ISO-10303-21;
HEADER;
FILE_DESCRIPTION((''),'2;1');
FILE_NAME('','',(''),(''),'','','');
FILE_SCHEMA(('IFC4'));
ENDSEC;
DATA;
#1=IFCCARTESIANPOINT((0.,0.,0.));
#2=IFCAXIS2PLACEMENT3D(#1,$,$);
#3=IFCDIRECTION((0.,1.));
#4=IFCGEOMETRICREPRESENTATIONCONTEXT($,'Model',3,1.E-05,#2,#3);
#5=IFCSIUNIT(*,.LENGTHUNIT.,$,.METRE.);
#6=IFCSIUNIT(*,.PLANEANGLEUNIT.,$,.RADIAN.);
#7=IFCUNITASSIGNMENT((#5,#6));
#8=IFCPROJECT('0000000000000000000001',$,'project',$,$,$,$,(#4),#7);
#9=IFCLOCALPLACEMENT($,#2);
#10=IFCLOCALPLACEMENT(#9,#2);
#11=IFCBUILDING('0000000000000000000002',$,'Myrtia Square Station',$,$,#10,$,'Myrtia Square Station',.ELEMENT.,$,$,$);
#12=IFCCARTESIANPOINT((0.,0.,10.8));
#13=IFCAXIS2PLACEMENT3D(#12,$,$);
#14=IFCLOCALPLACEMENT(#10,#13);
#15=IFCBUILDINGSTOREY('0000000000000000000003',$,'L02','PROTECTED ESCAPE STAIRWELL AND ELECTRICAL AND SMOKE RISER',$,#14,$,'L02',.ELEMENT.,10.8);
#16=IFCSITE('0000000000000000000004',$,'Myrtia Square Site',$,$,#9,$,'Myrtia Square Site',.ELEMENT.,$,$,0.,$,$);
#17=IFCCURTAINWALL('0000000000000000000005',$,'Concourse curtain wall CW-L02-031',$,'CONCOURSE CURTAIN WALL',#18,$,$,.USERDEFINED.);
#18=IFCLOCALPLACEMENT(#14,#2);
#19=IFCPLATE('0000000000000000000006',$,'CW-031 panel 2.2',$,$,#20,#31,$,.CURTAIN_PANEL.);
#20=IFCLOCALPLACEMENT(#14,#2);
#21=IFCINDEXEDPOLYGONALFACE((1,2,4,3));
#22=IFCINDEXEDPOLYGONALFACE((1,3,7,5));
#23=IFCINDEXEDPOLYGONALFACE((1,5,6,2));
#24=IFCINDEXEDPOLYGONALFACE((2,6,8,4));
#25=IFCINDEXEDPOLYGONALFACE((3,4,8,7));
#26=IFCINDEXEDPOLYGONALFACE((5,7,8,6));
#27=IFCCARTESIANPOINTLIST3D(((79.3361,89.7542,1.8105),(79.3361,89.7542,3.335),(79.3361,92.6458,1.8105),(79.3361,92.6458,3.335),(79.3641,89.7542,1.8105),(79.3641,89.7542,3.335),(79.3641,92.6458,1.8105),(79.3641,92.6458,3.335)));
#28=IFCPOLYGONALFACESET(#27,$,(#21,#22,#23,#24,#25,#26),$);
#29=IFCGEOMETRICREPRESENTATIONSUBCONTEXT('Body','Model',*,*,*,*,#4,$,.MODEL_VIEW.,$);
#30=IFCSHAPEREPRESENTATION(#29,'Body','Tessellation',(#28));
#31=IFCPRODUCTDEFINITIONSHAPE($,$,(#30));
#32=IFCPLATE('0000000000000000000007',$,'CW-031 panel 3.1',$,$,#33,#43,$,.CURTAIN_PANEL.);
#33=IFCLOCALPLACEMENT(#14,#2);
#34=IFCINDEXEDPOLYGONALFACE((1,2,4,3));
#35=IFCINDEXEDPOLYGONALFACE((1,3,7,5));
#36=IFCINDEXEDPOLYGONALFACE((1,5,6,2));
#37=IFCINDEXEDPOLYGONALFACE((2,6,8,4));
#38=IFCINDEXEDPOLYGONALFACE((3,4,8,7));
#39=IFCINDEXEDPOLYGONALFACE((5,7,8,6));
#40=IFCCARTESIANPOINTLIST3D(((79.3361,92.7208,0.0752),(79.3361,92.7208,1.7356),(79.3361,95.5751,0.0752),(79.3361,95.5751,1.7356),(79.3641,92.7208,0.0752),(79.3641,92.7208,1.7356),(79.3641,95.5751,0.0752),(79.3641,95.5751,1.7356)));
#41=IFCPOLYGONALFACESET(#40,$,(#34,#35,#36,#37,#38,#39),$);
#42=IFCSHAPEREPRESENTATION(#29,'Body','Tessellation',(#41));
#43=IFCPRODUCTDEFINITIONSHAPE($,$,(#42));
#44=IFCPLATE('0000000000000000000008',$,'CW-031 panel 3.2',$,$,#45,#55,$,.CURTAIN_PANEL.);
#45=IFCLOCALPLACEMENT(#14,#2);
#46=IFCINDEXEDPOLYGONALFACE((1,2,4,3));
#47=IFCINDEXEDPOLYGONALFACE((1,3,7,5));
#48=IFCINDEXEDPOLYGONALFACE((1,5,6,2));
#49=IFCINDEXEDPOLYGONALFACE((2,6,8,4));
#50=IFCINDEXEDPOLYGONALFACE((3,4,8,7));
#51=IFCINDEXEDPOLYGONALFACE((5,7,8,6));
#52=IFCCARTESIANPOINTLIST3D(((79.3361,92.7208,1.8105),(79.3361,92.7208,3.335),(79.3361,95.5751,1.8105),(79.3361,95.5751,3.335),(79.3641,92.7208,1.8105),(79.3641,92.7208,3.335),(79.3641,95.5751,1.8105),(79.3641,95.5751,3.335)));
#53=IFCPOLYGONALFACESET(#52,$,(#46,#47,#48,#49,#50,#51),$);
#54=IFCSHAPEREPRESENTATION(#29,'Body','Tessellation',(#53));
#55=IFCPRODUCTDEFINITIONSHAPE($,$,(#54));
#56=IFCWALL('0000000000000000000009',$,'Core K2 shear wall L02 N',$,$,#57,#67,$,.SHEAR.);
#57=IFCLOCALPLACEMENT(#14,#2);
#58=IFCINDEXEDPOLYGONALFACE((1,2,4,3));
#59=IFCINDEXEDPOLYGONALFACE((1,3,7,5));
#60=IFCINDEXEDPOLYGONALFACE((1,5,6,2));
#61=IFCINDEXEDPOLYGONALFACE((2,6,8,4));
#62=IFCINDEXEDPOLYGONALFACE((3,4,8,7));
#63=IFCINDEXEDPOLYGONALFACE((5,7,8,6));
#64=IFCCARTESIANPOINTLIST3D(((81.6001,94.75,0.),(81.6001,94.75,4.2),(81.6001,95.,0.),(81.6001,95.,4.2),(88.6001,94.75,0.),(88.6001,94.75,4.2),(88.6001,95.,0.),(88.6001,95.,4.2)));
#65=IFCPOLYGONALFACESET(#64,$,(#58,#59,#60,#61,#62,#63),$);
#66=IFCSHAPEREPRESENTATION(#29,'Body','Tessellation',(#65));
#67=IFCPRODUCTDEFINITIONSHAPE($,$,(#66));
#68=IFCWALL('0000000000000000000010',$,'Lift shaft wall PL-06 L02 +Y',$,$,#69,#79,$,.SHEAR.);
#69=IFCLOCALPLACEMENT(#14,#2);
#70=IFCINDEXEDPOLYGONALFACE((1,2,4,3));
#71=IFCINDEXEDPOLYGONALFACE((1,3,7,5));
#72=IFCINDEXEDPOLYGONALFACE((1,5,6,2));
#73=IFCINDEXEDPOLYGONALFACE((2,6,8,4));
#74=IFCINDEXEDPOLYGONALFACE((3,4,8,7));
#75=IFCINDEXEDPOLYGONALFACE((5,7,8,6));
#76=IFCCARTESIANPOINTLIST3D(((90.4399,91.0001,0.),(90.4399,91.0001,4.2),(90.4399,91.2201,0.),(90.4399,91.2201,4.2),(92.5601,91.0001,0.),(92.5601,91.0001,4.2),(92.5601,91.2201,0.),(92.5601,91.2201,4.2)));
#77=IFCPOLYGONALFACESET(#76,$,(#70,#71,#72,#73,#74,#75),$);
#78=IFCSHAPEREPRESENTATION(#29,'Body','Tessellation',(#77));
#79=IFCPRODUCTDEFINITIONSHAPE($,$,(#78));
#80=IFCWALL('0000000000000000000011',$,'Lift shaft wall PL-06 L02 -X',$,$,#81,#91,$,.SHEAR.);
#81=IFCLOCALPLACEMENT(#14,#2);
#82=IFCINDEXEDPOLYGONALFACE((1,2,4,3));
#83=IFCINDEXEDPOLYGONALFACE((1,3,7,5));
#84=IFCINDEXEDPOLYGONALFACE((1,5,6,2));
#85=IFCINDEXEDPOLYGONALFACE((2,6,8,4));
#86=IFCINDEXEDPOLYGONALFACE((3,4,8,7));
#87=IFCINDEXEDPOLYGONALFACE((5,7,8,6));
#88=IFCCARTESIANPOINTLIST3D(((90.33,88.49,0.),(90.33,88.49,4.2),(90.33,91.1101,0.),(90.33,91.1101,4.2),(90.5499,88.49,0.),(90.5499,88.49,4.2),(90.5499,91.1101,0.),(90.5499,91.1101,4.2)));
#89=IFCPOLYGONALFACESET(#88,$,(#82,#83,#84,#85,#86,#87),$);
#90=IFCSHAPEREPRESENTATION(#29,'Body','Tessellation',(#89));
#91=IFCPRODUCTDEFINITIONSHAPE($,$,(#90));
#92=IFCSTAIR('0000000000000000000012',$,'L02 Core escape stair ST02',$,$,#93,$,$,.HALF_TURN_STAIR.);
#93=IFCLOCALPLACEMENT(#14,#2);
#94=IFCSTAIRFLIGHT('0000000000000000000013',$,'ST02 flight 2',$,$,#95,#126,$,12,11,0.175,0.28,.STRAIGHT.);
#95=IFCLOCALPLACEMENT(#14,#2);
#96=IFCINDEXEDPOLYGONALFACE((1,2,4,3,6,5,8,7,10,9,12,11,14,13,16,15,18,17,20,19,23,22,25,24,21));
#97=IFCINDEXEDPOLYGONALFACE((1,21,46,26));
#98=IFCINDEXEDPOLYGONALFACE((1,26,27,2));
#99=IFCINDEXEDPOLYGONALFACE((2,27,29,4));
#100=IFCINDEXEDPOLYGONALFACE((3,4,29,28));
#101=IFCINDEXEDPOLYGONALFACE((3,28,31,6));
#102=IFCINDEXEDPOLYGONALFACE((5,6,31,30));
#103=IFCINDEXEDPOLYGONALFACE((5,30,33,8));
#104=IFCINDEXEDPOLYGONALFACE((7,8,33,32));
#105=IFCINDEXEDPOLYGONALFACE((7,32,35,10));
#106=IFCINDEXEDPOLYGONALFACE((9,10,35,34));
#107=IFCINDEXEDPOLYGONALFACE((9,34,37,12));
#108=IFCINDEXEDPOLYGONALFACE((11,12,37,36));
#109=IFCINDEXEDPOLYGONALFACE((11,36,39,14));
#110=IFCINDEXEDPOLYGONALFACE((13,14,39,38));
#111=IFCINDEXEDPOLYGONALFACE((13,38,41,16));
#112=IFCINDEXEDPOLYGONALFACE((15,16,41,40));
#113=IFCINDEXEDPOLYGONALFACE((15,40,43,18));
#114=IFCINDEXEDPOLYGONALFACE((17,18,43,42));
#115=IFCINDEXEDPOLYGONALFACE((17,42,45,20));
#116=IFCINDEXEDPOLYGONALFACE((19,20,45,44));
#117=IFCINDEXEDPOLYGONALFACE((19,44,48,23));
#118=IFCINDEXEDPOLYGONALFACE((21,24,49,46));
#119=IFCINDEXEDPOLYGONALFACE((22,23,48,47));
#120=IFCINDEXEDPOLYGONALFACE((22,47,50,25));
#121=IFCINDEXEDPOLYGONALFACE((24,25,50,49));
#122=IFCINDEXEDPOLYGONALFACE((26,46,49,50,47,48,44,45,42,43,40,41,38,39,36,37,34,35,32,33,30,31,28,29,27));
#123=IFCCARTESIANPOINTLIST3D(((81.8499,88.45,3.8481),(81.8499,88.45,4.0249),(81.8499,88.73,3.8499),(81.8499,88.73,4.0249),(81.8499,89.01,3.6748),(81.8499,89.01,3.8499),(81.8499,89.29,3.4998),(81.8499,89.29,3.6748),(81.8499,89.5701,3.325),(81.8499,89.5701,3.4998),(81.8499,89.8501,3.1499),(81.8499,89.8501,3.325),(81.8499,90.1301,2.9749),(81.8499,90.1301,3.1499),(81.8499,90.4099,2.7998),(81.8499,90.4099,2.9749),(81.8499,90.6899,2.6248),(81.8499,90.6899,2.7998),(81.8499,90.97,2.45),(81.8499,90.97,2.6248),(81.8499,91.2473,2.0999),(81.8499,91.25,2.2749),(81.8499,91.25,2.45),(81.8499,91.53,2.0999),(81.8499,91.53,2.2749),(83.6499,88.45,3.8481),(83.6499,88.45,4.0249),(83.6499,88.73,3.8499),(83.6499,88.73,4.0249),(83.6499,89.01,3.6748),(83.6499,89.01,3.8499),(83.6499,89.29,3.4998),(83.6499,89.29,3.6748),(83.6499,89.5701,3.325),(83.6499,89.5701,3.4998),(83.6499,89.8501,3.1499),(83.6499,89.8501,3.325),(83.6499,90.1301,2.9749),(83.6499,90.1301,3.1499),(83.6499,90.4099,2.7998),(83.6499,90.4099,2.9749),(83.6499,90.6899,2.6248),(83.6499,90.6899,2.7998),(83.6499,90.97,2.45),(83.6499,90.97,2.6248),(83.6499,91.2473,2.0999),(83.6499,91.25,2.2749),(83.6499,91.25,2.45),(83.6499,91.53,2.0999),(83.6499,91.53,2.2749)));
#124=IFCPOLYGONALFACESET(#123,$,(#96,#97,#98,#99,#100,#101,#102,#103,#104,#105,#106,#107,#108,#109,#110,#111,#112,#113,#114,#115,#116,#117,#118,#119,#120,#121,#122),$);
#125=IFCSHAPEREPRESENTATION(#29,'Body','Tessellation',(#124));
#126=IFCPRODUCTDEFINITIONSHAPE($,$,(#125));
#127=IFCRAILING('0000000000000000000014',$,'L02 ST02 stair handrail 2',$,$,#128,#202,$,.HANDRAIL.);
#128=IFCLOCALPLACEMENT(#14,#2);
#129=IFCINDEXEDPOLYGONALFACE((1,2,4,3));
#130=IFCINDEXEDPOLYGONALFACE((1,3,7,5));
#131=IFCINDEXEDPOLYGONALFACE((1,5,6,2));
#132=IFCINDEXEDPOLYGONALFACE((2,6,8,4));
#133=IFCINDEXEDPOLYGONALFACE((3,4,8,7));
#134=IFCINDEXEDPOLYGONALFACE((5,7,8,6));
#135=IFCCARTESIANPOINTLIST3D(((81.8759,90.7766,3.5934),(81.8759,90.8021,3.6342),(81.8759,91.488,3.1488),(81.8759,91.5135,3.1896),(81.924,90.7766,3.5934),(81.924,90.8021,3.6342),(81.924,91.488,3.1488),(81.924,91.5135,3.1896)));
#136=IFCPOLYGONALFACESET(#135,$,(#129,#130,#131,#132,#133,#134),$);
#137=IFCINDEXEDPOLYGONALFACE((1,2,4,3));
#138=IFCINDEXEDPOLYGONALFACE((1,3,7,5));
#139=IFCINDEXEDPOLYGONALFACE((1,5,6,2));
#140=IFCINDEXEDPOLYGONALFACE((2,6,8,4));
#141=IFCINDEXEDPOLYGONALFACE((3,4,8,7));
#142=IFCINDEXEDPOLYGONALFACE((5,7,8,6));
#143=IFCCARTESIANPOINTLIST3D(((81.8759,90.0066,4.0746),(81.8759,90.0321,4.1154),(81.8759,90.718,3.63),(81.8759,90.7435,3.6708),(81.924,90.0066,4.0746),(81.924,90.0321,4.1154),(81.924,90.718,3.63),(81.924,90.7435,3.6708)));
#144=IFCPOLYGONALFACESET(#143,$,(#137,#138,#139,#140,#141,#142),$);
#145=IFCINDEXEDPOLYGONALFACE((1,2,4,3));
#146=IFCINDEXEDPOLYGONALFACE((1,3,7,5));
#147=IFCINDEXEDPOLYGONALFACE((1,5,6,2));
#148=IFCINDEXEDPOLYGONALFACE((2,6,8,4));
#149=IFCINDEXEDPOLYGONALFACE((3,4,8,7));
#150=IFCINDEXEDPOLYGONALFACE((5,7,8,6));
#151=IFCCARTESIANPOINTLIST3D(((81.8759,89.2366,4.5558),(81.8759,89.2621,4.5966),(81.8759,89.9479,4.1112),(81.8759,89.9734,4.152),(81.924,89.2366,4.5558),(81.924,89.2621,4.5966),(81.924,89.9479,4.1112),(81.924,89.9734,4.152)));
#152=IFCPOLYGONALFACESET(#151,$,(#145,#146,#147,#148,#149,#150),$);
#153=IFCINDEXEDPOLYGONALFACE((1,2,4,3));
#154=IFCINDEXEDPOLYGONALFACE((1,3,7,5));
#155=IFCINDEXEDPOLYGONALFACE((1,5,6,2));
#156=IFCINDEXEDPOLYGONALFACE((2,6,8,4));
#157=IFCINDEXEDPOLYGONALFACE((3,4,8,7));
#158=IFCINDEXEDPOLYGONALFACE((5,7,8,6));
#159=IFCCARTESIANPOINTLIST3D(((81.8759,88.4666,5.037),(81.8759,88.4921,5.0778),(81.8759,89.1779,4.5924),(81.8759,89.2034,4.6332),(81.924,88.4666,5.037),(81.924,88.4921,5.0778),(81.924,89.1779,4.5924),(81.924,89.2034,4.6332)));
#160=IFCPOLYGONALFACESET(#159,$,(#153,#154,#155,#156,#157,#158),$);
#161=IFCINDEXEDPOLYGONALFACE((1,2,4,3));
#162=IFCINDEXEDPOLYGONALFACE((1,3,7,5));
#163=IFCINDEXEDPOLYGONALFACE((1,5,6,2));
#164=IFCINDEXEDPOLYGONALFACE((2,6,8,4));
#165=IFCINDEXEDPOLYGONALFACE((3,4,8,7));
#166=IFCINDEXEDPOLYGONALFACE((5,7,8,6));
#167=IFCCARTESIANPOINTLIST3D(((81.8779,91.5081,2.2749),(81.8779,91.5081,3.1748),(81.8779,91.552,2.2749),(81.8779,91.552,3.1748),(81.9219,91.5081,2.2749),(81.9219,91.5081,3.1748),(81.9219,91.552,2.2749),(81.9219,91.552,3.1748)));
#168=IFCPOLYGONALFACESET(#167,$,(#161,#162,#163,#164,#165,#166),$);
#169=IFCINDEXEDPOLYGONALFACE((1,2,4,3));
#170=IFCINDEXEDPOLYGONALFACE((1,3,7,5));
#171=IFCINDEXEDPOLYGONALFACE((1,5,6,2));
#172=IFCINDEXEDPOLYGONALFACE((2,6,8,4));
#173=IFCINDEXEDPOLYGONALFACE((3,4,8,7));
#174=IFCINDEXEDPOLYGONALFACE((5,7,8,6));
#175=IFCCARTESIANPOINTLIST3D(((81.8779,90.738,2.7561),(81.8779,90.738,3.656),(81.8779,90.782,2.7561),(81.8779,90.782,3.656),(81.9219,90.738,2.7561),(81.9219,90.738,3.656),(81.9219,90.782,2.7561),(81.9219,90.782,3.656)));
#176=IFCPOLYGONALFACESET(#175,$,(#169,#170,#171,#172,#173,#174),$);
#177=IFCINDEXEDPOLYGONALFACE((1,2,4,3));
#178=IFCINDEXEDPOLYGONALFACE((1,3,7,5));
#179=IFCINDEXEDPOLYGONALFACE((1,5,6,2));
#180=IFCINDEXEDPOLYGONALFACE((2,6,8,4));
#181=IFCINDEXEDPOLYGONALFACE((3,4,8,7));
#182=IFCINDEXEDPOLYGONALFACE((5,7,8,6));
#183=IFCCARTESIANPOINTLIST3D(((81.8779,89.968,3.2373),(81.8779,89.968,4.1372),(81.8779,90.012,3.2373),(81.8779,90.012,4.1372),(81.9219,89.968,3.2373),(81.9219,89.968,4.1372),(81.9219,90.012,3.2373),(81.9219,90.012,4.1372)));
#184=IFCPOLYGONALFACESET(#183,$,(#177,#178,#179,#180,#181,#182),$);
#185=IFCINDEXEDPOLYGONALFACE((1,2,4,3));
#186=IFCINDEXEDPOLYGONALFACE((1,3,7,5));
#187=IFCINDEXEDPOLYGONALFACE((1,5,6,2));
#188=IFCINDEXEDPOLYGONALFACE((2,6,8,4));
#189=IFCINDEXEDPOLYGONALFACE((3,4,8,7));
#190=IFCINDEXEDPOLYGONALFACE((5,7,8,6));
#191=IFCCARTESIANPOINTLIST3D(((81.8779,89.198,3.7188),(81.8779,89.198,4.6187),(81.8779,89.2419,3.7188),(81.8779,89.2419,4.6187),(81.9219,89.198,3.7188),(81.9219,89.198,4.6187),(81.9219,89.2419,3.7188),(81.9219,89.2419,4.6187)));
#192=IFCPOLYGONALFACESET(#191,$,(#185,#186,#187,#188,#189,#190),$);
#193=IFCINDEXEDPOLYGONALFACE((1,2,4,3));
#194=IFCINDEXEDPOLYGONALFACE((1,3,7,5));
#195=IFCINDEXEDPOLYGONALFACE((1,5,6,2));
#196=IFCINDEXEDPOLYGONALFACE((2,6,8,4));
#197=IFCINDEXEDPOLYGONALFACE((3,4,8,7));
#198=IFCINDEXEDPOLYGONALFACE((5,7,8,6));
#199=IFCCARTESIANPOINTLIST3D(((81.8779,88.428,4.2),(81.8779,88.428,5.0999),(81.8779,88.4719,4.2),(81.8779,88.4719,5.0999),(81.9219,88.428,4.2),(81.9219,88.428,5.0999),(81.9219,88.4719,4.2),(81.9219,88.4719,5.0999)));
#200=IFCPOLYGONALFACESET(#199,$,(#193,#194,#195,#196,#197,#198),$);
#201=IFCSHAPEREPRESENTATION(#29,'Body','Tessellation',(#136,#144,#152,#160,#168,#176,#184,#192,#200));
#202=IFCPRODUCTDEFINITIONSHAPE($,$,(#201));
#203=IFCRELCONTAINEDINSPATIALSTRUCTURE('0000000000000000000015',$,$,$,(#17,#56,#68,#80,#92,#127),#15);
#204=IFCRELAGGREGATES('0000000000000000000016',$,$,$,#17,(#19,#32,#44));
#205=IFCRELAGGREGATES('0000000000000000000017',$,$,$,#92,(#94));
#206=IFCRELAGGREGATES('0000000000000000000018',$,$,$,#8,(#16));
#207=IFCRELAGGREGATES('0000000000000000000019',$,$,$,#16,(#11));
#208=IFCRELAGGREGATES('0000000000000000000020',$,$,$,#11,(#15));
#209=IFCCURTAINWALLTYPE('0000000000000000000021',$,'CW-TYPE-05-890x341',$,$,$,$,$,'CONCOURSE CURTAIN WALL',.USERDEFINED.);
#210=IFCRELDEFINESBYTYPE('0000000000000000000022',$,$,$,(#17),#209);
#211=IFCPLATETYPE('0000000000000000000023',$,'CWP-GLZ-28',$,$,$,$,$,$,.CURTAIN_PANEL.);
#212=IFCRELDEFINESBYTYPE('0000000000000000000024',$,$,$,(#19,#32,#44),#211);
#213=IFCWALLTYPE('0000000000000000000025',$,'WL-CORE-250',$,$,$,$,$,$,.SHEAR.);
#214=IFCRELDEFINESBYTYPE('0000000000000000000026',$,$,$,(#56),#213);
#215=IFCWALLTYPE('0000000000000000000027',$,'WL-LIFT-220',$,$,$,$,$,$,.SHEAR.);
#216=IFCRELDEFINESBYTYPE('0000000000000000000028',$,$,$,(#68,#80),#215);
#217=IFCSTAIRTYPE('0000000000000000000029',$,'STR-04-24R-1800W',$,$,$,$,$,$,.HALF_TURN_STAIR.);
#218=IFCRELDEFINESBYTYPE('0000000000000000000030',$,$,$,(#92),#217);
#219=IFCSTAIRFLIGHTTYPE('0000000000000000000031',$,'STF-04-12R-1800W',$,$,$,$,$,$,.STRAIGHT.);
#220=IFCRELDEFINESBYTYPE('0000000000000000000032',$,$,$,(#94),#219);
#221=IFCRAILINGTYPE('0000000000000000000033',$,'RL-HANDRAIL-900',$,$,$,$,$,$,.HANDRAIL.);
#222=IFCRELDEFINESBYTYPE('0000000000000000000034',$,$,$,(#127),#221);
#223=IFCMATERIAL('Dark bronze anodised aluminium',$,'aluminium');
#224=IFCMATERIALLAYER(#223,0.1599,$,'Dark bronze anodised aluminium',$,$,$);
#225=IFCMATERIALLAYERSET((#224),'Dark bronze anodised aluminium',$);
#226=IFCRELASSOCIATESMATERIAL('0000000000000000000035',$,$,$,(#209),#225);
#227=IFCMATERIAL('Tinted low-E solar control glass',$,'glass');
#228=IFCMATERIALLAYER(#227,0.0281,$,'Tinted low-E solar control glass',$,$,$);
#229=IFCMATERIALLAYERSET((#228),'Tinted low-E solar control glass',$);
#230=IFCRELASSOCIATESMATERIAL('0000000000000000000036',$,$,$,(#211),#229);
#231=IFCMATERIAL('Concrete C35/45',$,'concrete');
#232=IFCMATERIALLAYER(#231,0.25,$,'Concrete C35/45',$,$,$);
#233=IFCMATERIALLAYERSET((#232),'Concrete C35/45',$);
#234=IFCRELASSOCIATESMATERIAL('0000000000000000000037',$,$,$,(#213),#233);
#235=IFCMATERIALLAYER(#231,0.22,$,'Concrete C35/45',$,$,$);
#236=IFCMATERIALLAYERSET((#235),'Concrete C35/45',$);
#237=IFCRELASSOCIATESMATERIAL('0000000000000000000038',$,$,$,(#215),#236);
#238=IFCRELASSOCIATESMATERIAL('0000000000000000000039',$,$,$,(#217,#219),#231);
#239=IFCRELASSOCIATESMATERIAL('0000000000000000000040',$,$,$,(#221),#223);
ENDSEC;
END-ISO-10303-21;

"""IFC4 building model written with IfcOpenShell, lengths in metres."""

from ifc_helpers import new_model, si_unit, direction, frame, frame_2d, origin, origin_2d, place, context, subcontext, project, spatial, polyline, rectangle, outline, extrude, material, layer, layer_set, type_object, element, aggregate, save


model = new_model("IFC4")

# Units and contexts
model_context = context("Model", 3, precision=1e-05, world=origin(), true_north=direction((0.0, 1.0)))
body_context = subcontext(model_context, "Body", "Model", "MODEL_VIEW")
ifc_project = project(units=[si_unit("LENGTHUNIT", "METRE"), si_unit("PLANEANGLEUNIT", "RADIAN")], contexts=[model_context])

# Site, building, storey
site_placement = place(None, origin())
site = spatial("IfcSite", under=ifc_project, at=site_placement, Name="Myrtia Square Site", LongName="Myrtia Square Site", CompositionType="ELEMENT", RefElevation=0.0)
building_placement = place(site_placement, origin())
building = spatial("IfcBuilding", under=site, at=building_placement, Name="Myrtia Square Station", LongName="Myrtia Square Station", CompositionType="ELEMENT")
storey_placement = place(building_placement, frame((0.0, 0.0, 10.8)))
storey = spatial("IfcBuildingStorey", under=building, at=storey_placement, Name="L02", Description="PROTECTED ESCAPE STAIRWELL AND ELECTRICAL AND SMOKE RISER", LongName="L02", CompositionType="ELEMENT", Elevation=10.8)

# Shared definitions
ifc_material_1 = material(Name="Dark bronze anodised aluminium", Category="aluminium")

# Curtain wall
ifc_layer_1 = layer(ifc_material_1, 0.1599, Name="Dark bronze anodised aluminium")
ifc_layer_set_1 = layer_set([ifc_layer_1], Name="Dark bronze anodised aluminium")
curtain_wall_type_1 = type_object("IfcCurtainWallType", Name="CW-TYPE-05-890x341", ElementType="CONCOURSE CURTAIN WALL", PredefinedType="USERDEFINED", material=ifc_layer_set_1)
curtain_wall_1_placement = place(storey_placement, origin())
curtain_wall_1 = element("IfcCurtainWall", 1, at=curtain_wall_1_placement, inside=storey, type_object=curtain_wall_type_1, Name="Concourse curtain wall CW-L02-031", ObjectType="CONCOURSE CURTAIN WALL", PredefinedType="USERDEFINED")

# Plates
ifc_material_2 = material(Name="Tinted low-E solar control glass", Category="glass")
ifc_layer_2 = layer(ifc_material_2, 0.0281, Name="Tinted low-E solar control glass")
ifc_layer_set_2 = layer_set([ifc_layer_2], Name="Tinted low-E solar control glass")
plate_type = type_object("IfcPlateType", Name="CWP-GLZ-28", PredefinedType="CURTAIN_PANEL", material=ifc_layer_set_2)
plate_1_placement = place(storey_placement, frame((79.3501, 91.2, 1.8105), z_axis=(0.0, 0.0, 1.0), x_axis=(0.0, 1.0, 0.0)))
plate_1 = element("IfcPlate", 2, at=plate_1_placement, type_object=plate_type, Name="CW-031 panel 2.2", PredefinedType="CURTAIN_PANEL", context=body_context, shape_type="SweptSolid", body=[
    extrude(rectangle(XDim=2.8916, YDim=0.0281, at=origin_2d()), origin(), (0.0, 0.0, 1.0), 1.5244),
])
plate_2_placement = place(storey_placement, frame((79.3501, 94.1479, 0.0752), z_axis=(0.0, 0.0, 1.0), x_axis=(0.0, 1.0, 0.0)))
plate_2 = element("IfcPlate", 3, at=plate_2_placement, type_object=plate_type, Name="CW-031 panel 3.1", PredefinedType="CURTAIN_PANEL", context=body_context, shape_type="SweptSolid", body=[
    extrude(rectangle(XDim=2.8542, YDim=0.0281, at=origin_2d()), origin(), (0.0, 0.0, 1.0), 1.6604),
])
plate_3_placement = place(storey_placement, frame((79.3501, 94.1479, 1.8105), z_axis=(0.0, 0.0, 1.0), x_axis=(0.0, 1.0, 0.0)))
plate_3 = element("IfcPlate", 4, at=plate_3_placement, type_object=plate_type, Name="CW-031 panel 3.2", PredefinedType="CURTAIN_PANEL", context=body_context, shape_type="SweptSolid", body=[
    extrude(rectangle(XDim=2.8542, YDim=0.0281, at=origin_2d()), origin(), (0.0, 0.0, 1.0), 1.5244),
])
aggregate(curtain_wall_1, [plate_1, plate_2, plate_3])

# Wall
ifc_material_3 = material(Name="Concrete C35/45", Category="concrete")
ifc_layer_3 = layer(ifc_material_3, 0.25, Name="Concrete C35/45")
ifc_layer_set_3 = layer_set([ifc_layer_3], Name="Concrete C35/45")
wall_type_1 = type_object("IfcWallType", Name="WL-CORE-250", PredefinedType="SHEAR", material=ifc_layer_set_3)
wall_1_placement = place(storey_placement, frame((81.6001, 94.875, 0.0), z_axis=(0.0, 0.0, 1.0), x_axis=(1.0, 0.0, 0.0)))
element("IfcWall", 5, at=wall_1_placement, inside=storey, type_object=wall_type_1, Name="Core K2 shear wall L02 N", PredefinedType="SHEAR", context=body_context, shape_type="SweptSolid", body=[
    extrude(rectangle(XDim=7.0, YDim=0.25, at=frame_2d((3.5, 0.0))), origin(), (0.0, 0.0, 1.0), 4.2),
])

# Shared definitions
ifc_layer_4 = layer(ifc_material_3, 0.22, Name="Concrete C35/45")
ifc_layer_set_4 = layer_set([ifc_layer_4], Name="Concrete C35/45")
wall_type_2 = type_object("IfcWallType", Name="WL-LIFT-220", PredefinedType="SHEAR", material=ifc_layer_set_4)

# Walls
wall_2_placement = place(storey_placement, frame((90.4399, 91.1101, 0.0), z_axis=(0.0, 0.0, 1.0), x_axis=(1.0, 0.0, 0.0)))
element("IfcWall", 6, at=wall_2_placement, inside=storey, type_object=wall_type_2, Name="Lift shaft wall PL-06 L02 +Y", PredefinedType="SHEAR", context=body_context, shape_type="SweptSolid", body=[
    extrude(rectangle(XDim=2.1201, YDim=0.22, at=frame_2d((1.0601, 0.0))), origin(), (0.0, 0.0, 1.0), 4.2),
])
wall_3_placement = place(storey_placement, frame((90.4399, 88.49, 0.0), z_axis=(0.0, 0.0, 1.0), x_axis=(0.0, 1.0, 0.0)))
element("IfcWall", 7, at=wall_3_placement, inside=storey, type_object=wall_type_2, Name="Lift shaft wall PL-06 L02 -X", PredefinedType="SHEAR", context=body_context, shape_type="SweptSolid", body=[
    extrude(rectangle(XDim=2.6201, YDim=0.22, at=frame_2d((1.3101, 0.0))), origin(), (0.0, 0.0, 1.0), 4.2),
])

# Stair, stair flight
stair_type = type_object("IfcStairType", Name="STR-04-24R-1800W", PredefinedType="HALF_TURN_STAIR", material=ifc_material_3)
stair_placement = place(storey_placement, origin())
stair = element("IfcStair", 8, at=stair_placement, inside=storey, type_object=stair_type, Name="L02 Core escape stair ST02", PredefinedType="HALF_TURN_STAIR")
stair_flight_type = type_object("IfcStairFlightType", Name="STF-04-12R-1800W", PredefinedType="STRAIGHT", material=ifc_material_3)
stair_flight_placement = place(storey_placement, frame((82.75, 91.53, 2.0999), z_axis=(0.0, 0.0, 1.0), x_axis=(0.0, -1.0, 0.0)))
stair_flight = element("IfcStairFlight", 9, at=stair_flight_placement, type_object=stair_flight_type, Name="ST02 flight 2", NumberOfRisers=12, NumberOfTreads=11, PredefinedType="STRAIGHT", RiserHeight=0.175, TreadLength=0.28, context=body_context, shape_type="SweptSolid", body=[
    extrude(outline(polyline([(0.0, 0.0), (0.0, 0.175), (0.28, 0.175), (0.28, 0.3501), (0.5601, 0.3501), (0.5601, 0.5249), (0.8401, 0.5249), (0.8401, 0.7), (1.1201, 0.7), (1.1201, 0.875), (1.3999, 0.875), (1.3999, 1.05), (1.6799, 1.05), (1.6799, 1.2251), (1.96, 1.2251), (1.96, 1.3999), (2.24, 1.3999), (2.24, 1.575), (2.52, 1.575), (2.52, 1.75), (2.8, 1.75), (2.8, 1.925), (3.0801, 1.925), (3.0801, 2.1001), (3.0801, 1.7483), (0.2827, 0.0), (0.0, 0.0)])), frame((0.0, 0.8999, 0.0), z_axis=(0.0, -1.0, 0.0), x_axis=(1.0, 0.0, 0.0)), (0.0, 0.0, 1.0), 1.8),
])
aggregate(stair, [stair_flight])

# Railing
railing_type_1 = type_object("IfcRailingType", Name="RL-HANDRAIL-900", PredefinedType="HANDRAIL", material=ifc_material_1)
railing_1_placement = place(storey_placement, frame((81.8999, 91.53, 2.2749)))
element("IfcRailing", 10, at=railing_1_placement, inside=storey, type_object=railing_type_1, Name="L02 ST02 stair handrail 2", PredefinedType="HANDRAIL", context=body_context, shape_type="SweptSolid", body=[
    extrude(rectangle(XDim=0.0481, YDim=0.0481, at=origin_2d()), frame((0.0, -0.0293, 0.8943), z_axis=(0.0, -0.847998, 0.529999), x_axis=(1.0, 0.0, 0.0)), (0.0, 0.0, 1.0), 0.8389),
    extrude(rectangle(XDim=0.0481, YDim=0.0481, at=origin_2d()), frame((0.0, -0.7993, 1.3755), z_axis=(0.0, -0.847998, 0.529999), x_axis=(1.0, 0.0, 0.0)), (0.0, 0.0, 1.0), 0.8389),
    extrude(rectangle(XDim=0.0481, YDim=0.0481, at=origin_2d()), frame((0.0, -1.5693, 1.8567), z_axis=(0.0, -0.847998, 0.529999), x_axis=(1.0, 0.0, 0.0)), (0.0, 0.0, 1.0), 0.8389),
    extrude(rectangle(XDim=0.0481, YDim=0.0481, at=origin_2d()), frame((0.0, -2.3394, 2.3379), z_axis=(0.0, -0.847998, 0.529999), x_axis=(1.0, 0.0, 0.0)), (0.0, 0.0, 1.0), 0.8389),
    extrude(rectangle(XDim=0.0439, YDim=0.0439, at=origin_2d()), origin(), (0.0, 0.0, 1.0), 0.8999),
    extrude(rectangle(XDim=0.0439, YDim=0.0439, at=origin_2d()), frame((0.0, -0.77, 0.4812)), (0.0, 0.0, 1.0), 0.8999),
    extrude(rectangle(XDim=0.0439, YDim=0.0439, at=origin_2d()), frame((0.0, -1.54, 0.9624)), (0.0, 0.0, 1.0), 0.8999),
    extrude(rectangle(XDim=0.0439, YDim=0.0439, at=origin_2d()), frame((0.0, -2.3101, 1.4438)), (0.0, 0.0, 1.0), 0.8999),
    extrude(rectangle(XDim=0.0439, YDim=0.0439, at=origin_2d()), frame((0.0, -3.0801, 1.925)), (0.0, 0.0, 1.0), 0.8999),
])

save(model, "model.ifc")
